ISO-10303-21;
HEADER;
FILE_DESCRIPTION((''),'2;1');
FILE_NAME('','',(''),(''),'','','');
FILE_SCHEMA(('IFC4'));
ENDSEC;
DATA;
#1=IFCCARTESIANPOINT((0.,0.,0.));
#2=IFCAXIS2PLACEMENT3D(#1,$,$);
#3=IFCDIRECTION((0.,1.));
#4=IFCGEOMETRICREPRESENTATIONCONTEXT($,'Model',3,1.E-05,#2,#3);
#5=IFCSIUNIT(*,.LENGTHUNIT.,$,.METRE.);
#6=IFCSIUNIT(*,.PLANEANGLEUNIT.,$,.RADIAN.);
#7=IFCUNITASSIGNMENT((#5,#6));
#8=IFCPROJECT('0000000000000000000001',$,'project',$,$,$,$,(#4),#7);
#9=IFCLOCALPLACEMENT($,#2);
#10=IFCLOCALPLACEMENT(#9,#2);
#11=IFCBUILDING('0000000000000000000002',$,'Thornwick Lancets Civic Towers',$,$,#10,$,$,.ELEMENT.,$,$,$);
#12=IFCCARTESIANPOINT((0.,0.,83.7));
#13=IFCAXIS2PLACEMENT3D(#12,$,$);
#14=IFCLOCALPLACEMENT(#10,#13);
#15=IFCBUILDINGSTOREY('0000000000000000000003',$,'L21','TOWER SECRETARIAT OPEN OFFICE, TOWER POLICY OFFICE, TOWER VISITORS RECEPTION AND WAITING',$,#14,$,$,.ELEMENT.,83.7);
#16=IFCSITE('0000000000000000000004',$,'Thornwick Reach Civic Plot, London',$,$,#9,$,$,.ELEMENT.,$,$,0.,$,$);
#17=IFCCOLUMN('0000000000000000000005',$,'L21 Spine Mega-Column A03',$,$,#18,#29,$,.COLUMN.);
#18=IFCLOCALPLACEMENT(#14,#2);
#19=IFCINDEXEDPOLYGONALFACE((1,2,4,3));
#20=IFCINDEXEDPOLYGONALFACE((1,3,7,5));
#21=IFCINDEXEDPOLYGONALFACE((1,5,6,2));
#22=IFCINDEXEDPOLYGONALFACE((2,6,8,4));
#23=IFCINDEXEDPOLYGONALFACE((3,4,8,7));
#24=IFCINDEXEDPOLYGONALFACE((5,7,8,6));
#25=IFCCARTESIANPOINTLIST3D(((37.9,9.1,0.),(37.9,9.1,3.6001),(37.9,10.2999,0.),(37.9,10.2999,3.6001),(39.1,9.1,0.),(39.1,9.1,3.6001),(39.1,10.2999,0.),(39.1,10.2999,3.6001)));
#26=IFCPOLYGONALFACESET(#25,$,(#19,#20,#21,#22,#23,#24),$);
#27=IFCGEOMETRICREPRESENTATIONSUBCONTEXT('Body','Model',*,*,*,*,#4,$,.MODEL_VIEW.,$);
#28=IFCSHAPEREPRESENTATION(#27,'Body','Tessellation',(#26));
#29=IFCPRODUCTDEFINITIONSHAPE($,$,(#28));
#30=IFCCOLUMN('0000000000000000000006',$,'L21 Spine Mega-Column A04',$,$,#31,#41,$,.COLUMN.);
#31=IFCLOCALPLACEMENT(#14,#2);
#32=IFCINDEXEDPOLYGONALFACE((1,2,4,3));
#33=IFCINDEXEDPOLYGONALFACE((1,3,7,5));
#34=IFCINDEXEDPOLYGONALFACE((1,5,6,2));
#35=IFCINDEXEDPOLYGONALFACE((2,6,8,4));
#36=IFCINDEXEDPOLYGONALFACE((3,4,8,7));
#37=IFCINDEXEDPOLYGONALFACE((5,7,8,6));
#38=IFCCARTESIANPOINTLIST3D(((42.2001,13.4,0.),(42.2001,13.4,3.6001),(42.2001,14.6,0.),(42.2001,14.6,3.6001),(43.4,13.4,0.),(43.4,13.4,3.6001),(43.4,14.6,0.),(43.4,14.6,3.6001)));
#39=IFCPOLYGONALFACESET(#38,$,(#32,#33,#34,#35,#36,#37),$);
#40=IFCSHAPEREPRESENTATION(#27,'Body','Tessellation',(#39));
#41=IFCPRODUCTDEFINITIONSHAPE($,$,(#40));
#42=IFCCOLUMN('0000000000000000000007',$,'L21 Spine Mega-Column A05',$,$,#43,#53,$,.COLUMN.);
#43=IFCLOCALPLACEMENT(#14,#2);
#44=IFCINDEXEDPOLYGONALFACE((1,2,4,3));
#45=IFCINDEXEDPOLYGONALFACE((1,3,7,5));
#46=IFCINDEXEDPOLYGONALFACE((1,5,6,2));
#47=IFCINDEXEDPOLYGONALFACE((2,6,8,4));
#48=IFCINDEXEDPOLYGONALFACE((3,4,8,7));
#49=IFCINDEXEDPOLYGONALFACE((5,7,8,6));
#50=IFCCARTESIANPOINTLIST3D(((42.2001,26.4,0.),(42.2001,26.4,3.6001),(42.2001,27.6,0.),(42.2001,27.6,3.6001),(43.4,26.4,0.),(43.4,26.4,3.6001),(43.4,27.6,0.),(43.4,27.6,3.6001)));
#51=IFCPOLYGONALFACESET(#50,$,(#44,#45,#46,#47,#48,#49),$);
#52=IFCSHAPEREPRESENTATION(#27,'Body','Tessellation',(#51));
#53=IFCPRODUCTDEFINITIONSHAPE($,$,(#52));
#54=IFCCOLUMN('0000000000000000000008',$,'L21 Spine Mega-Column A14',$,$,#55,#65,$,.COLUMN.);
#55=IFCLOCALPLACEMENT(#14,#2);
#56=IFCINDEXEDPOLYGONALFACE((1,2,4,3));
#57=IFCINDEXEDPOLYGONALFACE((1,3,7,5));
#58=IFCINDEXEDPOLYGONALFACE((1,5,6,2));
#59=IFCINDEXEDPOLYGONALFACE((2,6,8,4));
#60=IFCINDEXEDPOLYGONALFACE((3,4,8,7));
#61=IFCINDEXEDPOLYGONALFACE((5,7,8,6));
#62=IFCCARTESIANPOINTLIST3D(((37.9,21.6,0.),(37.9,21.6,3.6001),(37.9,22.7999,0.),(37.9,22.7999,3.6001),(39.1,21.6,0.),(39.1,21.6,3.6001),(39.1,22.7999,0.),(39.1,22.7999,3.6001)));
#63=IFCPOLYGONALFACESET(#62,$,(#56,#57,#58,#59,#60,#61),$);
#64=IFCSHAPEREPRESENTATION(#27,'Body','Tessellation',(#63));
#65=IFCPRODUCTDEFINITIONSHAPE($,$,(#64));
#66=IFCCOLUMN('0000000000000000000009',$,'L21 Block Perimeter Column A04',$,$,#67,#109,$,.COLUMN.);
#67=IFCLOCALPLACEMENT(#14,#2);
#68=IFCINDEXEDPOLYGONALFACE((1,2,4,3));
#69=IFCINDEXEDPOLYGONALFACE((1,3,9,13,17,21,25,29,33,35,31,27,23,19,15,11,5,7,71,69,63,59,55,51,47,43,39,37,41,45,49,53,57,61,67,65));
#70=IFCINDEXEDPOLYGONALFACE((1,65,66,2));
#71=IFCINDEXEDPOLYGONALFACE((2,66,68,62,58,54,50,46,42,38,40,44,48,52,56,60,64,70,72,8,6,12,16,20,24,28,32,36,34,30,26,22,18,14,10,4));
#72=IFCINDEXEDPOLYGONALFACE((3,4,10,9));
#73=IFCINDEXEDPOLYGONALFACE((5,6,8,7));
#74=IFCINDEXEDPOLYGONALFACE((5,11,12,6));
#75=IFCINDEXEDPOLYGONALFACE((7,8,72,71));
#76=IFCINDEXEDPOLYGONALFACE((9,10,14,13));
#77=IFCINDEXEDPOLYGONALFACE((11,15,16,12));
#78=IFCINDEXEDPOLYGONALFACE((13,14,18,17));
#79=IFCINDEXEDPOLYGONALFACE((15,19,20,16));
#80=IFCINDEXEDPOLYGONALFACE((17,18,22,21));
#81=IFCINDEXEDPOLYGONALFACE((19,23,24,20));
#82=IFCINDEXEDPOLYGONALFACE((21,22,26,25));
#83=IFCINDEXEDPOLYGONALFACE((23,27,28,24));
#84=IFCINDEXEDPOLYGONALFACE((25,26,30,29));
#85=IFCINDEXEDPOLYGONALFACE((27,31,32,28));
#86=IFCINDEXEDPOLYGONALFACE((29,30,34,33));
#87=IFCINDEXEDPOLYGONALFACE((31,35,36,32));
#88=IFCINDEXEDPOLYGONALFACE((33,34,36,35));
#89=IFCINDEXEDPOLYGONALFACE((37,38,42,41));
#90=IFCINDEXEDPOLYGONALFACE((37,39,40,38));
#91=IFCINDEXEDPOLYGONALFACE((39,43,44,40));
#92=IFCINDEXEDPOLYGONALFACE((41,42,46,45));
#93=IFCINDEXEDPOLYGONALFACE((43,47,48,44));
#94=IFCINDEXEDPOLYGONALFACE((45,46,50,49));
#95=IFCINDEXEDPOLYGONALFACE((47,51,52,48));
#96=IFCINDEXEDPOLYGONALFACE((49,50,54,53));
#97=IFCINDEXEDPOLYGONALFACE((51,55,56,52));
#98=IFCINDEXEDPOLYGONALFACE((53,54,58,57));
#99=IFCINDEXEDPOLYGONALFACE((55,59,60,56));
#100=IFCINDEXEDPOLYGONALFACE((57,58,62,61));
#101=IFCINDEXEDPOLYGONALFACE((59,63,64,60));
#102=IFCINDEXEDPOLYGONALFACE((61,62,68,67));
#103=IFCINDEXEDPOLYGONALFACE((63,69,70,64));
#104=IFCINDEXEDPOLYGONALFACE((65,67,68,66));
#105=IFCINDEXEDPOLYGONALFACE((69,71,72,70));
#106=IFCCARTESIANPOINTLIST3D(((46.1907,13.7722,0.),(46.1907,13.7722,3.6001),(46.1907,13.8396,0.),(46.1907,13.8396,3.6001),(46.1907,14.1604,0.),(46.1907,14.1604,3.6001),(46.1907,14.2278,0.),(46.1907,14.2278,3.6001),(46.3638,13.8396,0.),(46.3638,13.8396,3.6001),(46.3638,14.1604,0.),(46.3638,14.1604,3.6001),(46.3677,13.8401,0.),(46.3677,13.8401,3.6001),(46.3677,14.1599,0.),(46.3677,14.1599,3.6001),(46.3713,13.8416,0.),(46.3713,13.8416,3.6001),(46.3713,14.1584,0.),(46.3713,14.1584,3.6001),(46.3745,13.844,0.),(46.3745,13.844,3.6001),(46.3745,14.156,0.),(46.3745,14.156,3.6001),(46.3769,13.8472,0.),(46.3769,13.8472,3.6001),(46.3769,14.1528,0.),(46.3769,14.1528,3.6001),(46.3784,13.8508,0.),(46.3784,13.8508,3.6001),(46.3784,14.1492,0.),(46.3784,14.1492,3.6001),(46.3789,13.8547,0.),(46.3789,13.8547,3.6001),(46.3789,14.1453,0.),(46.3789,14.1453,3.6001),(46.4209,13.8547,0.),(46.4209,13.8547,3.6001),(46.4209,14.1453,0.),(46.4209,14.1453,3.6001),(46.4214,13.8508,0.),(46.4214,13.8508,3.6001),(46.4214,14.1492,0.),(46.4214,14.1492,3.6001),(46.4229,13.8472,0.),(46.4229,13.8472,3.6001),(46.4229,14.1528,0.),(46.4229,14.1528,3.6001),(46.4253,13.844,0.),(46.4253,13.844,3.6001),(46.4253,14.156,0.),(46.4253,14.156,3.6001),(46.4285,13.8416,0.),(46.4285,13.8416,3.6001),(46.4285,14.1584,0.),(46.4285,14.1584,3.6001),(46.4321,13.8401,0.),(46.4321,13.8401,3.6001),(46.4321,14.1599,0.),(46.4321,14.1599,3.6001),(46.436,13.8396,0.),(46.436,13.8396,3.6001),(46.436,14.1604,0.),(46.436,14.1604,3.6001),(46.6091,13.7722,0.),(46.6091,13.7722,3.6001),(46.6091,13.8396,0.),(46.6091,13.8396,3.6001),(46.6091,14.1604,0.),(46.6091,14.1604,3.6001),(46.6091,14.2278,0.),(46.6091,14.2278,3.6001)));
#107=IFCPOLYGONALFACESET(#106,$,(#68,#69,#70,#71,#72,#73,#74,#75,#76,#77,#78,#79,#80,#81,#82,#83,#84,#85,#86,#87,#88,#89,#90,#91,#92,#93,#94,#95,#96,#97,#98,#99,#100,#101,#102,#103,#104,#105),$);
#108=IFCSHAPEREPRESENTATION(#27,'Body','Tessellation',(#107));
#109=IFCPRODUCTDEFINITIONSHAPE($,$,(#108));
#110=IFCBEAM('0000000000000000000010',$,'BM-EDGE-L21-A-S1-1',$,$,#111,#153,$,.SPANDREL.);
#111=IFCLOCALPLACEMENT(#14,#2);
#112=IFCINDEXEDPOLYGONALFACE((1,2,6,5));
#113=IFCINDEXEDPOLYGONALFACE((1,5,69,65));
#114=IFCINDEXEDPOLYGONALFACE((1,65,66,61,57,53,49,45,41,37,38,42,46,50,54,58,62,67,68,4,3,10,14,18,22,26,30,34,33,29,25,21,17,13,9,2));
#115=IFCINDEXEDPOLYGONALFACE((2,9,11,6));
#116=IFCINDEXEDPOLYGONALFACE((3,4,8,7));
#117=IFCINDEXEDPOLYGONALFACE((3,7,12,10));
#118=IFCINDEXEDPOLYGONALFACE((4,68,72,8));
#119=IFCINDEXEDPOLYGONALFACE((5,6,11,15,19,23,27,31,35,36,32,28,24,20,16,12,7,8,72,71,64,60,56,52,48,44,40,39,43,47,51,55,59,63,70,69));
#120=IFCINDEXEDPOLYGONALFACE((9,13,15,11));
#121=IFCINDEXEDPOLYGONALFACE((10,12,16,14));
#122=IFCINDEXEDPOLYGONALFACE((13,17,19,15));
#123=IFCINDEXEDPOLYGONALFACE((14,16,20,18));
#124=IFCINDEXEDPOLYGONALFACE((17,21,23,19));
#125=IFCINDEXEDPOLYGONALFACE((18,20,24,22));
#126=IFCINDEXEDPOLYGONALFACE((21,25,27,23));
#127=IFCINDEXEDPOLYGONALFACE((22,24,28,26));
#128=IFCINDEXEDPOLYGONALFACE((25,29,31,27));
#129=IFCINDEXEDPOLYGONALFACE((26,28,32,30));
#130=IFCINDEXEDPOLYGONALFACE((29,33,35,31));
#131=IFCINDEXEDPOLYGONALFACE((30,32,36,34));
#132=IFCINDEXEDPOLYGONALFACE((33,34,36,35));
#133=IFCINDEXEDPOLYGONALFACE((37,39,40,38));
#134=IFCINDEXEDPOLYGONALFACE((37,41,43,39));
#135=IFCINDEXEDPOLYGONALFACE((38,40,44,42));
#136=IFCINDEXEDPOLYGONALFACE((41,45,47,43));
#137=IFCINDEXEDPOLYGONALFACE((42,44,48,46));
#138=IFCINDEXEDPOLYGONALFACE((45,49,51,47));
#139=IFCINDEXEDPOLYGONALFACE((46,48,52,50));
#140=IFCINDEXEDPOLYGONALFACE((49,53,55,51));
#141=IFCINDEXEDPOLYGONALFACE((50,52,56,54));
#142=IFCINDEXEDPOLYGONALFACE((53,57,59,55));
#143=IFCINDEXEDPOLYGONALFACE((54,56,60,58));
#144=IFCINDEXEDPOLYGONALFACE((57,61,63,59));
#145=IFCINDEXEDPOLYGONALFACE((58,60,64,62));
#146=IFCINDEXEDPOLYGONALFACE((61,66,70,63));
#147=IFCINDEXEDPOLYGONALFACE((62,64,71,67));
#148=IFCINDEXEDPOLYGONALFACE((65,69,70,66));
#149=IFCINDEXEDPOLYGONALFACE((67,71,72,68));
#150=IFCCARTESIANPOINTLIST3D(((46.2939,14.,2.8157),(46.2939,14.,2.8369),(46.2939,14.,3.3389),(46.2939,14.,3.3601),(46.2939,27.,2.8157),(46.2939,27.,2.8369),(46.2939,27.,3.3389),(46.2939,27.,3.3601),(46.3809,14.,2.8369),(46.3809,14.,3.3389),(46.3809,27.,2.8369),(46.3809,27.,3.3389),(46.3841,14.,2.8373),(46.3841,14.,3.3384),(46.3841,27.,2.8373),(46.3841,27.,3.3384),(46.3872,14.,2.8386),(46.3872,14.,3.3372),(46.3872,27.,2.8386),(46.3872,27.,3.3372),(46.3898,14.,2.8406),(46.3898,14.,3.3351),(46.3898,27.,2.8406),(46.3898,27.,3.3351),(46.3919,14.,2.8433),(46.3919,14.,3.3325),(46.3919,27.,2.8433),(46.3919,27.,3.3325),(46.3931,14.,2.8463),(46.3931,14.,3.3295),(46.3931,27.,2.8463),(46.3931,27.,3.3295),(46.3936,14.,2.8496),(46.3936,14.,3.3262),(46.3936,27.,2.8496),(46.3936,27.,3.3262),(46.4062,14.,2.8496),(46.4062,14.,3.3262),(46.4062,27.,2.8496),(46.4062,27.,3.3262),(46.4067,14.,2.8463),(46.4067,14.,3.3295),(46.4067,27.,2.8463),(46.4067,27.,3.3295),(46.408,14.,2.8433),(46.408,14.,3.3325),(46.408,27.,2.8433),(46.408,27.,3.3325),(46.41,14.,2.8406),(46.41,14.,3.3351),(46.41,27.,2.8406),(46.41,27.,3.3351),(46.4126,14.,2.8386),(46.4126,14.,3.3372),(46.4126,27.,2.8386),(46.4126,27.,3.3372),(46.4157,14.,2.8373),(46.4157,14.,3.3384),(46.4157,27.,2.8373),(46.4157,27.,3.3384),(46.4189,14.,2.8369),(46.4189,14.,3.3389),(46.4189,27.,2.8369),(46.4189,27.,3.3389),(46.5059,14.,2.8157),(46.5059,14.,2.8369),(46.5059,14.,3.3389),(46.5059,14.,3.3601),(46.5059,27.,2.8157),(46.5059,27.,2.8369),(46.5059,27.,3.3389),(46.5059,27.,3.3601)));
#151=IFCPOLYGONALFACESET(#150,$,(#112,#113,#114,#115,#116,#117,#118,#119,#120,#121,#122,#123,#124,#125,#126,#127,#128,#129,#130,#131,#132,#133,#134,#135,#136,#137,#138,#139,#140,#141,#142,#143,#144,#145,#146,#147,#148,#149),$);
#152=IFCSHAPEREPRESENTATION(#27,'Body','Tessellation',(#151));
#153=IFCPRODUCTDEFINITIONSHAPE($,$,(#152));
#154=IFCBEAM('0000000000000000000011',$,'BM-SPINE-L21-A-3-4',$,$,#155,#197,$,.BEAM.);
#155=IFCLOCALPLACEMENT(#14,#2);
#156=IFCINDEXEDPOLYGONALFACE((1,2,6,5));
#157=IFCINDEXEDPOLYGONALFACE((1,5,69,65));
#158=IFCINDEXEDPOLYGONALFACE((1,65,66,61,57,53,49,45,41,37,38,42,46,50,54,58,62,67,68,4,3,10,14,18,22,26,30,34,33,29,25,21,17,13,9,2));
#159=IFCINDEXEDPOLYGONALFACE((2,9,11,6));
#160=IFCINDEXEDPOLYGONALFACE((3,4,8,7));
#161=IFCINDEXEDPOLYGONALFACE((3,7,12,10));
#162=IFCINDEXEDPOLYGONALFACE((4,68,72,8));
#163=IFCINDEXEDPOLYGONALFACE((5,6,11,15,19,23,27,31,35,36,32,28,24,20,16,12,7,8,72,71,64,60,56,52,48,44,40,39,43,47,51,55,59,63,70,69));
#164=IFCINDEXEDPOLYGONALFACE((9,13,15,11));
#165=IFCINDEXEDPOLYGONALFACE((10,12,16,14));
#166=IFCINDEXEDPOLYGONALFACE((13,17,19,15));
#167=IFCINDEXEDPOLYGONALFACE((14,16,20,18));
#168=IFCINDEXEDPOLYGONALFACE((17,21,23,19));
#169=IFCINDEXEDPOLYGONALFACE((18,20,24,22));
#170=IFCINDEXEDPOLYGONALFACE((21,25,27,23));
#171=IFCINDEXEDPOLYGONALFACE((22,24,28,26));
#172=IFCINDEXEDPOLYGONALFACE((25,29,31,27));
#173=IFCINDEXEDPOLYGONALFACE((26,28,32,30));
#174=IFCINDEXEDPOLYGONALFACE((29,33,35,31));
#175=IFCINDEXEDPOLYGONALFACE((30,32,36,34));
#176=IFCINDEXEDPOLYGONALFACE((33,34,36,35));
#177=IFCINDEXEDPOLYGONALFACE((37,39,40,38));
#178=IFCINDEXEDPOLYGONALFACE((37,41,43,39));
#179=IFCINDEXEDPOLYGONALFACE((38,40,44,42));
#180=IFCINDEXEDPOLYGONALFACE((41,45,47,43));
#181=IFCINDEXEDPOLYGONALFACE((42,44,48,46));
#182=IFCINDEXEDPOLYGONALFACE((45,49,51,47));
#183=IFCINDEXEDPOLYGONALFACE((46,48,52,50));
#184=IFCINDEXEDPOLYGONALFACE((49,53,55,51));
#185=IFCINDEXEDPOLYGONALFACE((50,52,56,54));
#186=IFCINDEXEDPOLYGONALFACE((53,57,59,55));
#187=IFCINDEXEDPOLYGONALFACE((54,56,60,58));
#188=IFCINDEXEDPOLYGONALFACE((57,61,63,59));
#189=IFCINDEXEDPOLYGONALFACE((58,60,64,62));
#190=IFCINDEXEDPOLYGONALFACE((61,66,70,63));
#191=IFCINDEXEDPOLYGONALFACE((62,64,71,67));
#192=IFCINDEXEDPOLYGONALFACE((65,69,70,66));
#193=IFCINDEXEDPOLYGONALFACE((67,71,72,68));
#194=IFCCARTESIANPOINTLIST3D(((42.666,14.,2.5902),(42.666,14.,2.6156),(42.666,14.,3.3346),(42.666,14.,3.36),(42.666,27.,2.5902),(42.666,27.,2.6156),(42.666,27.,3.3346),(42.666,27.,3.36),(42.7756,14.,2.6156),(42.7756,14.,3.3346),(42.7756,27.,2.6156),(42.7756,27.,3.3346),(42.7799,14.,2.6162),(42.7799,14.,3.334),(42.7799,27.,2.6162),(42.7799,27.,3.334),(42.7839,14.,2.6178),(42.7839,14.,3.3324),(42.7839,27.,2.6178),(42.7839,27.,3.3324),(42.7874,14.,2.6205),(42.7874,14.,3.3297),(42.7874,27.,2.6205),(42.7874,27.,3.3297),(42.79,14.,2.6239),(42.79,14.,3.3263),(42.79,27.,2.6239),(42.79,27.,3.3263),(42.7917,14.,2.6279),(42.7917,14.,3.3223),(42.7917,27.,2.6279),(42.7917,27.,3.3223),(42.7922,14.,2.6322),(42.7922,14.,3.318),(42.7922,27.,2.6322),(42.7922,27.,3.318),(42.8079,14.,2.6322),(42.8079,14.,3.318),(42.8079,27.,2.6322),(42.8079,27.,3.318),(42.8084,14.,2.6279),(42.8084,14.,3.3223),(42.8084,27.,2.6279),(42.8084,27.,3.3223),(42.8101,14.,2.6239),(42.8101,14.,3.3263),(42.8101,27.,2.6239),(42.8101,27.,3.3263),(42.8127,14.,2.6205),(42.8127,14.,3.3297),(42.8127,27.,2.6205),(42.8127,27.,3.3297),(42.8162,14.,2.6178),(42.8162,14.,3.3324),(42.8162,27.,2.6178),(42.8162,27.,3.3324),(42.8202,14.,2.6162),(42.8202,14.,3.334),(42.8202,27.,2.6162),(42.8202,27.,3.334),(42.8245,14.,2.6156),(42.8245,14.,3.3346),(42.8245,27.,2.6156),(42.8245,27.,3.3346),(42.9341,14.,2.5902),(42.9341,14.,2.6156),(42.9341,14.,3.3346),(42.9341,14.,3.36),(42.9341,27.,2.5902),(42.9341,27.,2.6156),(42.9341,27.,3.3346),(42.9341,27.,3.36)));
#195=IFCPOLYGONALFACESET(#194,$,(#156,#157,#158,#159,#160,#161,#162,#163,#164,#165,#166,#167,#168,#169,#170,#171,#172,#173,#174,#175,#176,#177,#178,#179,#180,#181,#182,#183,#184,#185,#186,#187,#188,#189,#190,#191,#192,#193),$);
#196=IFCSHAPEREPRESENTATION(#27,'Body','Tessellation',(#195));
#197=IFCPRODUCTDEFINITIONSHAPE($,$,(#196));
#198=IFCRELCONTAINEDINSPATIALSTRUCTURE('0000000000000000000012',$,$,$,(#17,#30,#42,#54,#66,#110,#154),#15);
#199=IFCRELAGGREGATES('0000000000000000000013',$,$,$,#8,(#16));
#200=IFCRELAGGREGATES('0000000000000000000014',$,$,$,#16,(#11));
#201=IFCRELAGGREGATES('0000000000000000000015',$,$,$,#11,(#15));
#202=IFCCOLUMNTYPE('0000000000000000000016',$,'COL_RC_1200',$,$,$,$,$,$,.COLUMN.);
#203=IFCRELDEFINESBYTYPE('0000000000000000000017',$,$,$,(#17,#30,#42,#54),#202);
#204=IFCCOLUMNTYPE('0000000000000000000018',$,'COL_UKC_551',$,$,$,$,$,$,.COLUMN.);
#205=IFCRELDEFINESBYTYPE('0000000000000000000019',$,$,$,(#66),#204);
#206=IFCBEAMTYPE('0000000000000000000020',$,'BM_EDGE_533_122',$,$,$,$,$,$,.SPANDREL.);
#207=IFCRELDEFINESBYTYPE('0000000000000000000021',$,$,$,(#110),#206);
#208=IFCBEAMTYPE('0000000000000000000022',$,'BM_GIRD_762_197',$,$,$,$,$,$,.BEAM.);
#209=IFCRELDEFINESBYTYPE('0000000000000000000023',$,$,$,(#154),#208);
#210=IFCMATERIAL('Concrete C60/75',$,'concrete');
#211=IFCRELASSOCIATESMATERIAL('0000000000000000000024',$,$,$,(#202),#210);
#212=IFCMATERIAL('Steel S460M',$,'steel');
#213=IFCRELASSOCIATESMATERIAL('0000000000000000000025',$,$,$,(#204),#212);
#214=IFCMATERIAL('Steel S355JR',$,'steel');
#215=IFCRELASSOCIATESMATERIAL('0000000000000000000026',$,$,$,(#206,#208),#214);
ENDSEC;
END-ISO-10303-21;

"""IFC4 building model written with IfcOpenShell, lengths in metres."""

from ifc_helpers import new_model, si_unit, direction, frame, origin, origin_2d, place, context, subcontext, project, spatial, rectangle, i_section, extrude, material, material_profile, profile_set, type_object, element, save


model = new_model("IFC4")

# Units and contexts
model_context = context("Model", 3, precision=1e-05, world=origin(), true_north=direction((0.0, 1.0)))
body_context = subcontext(model_context, "Body", "Model", "MODEL_VIEW")
ifc_project = project(units=[si_unit("LENGTHUNIT", "METRE"), si_unit("PLANEANGLEUNIT", "RADIAN")], contexts=[model_context])

# Site, building, storey
site_placement = place(None, origin())
site = spatial("IfcSite", under=ifc_project, at=site_placement, Name="Thornwick Reach Civic Plot, London", CompositionType="ELEMENT", RefElevation=0.0)
building_placement = place(site_placement, origin())
building = spatial("IfcBuilding", under=site, at=building_placement, Name="Thornwick Lancets Civic Towers", CompositionType="ELEMENT")
storey_placement = place(building_placement, frame((0.0, 0.0, 83.7)))
storey = spatial("IfcBuildingStorey", under=building, at=storey_placement, Name="L21", Description="TOWER SECRETARIAT OPEN OFFICE, TOWER POLICY OFFICE, TOWER VISITORS RECEPTION AND WAITING", CompositionType="ELEMENT", Elevation=83.7)

# Columns
ifc_material_1 = material(Name="Concrete C60/75", Category="concrete")
ifc_material_profile_1 = material_profile(ifc_material_1, rectangle(XDim=1.2, YDim=1.2, at=origin_2d()), Name="RC 1200x1200")
ifc_profile_set_1 = profile_set([ifc_material_profile_1], Name="Concrete C60/75")
column_type_1 = type_object("IfcColumnType", Name="COL_RC_1200", PredefinedType="COLUMN", material=ifc_profile_set_1)
for number, where, z_axis, x_axis, name in (
    (1, (38.5, 9.7, 0.0), (0.0, 0.0, 1.0), (1.0, 0.0, 0.0), "L21 Spine Mega-Column A03"),
    (2, (42.8, 14.0, 0.0), (0.0, 0.0, 1.0), (1.0, 0.0, 0.0), "L21 Spine Mega-Column A04"),
    (3, (42.8, 27.0, 0.0), (0.0, 0.0, 1.0), (1.0, 0.0, 0.0), "L21 Spine Mega-Column A05"),
    (4, (38.5, 22.2, 0.0), (0.0, 0.0, 1.0), (1.0, 0.0, 0.0), "L21 Spine Mega-Column A14"),
):
    element("IfcColumn", number, at=place(storey_placement, frame(where, z_axis=z_axis, x_axis=x_axis)), inside=storey, type_object=column_type_1, Name=name, PredefinedType="COLUMN", context=body_context, shape_type="SweptSolid", body=[
        extrude(rectangle(XDim=1.2, YDim=1.2, at=origin_2d()), origin(), (0.0, 0.0, 1.0), 3.6001),
    ])
ifc_material_2 = material(Name="Steel S460M", Category="steel")
ifc_material_profile_2 = material_profile(ifc_material_2, i_section(OverallWidth=0.4185, OverallDepth=0.4556, WebThickness=0.042, FlangeThickness=0.0674, FilletRadius=0.0151, at=origin_2d()), Name="UKC 356x406x551")
ifc_profile_set_2 = profile_set([ifc_material_profile_2], Name="Steel S460M")
column_type_2 = type_object("IfcColumnType", Name="COL_UKC_551", PredefinedType="COLUMN", material=ifc_profile_set_2)
column_placement = place(storey_placement, frame((46.3999, 14.0, 0.0), z_axis=(0.0, 0.0, 1.0), x_axis=(1.0, 0.0, 0.0)))
element("IfcColumn", 5, at=column_placement, inside=storey, type_object=column_type_2, Name="L21 Block Perimeter Column A04", PredefinedType="COLUMN", context=body_context, shape_type="SweptSolid", body=[
    extrude(i_section(OverallWidth=0.4185, OverallDepth=0.4556, WebThickness=0.042, FlangeThickness=0.0674, FilletRadius=0.0151, at=origin_2d()), origin(), (0.0, 0.0, 1.0), 3.6001),
])

# Beams
ifc_material_3 = material(Name="Steel S355JR", Category="steel")
ifc_material_profile_3 = material_profile(ifc_material_3, i_section(OverallWidth=0.2119, OverallDepth=0.5444, WebThickness=0.0127, FlangeThickness=0.0212, FilletRadius=0.0127, at=origin_2d()), Name="UKB 533x210x122")
ifc_profile_set_3 = profile_set([ifc_material_profile_3], Name="Steel S355JR")
beam_type_1 = type_object("IfcBeamType", Name="BM_EDGE_533_122", PredefinedType="SPANDREL", material=ifc_profile_set_3)
beam_1_placement = place(storey_placement, frame((46.3999, 14.0, 3.0879), z_axis=(0.0, 1.0, 0.0), x_axis=(-1.0, 0.0, 0.0)))
element("IfcBeam", 6, at=beam_1_placement, inside=storey, type_object=beam_type_1, Name="BM-EDGE-L21-A-S1-1", PredefinedType="SPANDREL", context=body_context, shape_type="SweptSolid", body=[
    extrude(i_section(OverallWidth=0.2119, OverallDepth=0.5444, WebThickness=0.0127, FlangeThickness=0.0212, FilletRadius=0.0127, at=origin_2d()), origin(), (0.0, 0.0, 1.0), 13.0),
])
ifc_material_profile_4 = material_profile(ifc_material_3, i_section(OverallWidth=0.2681, OverallDepth=0.7698, WebThickness=0.0156, FlangeThickness=0.0254, FilletRadius=0.0166, at=origin_2d()), Name="UKB 762x267x197")
ifc_profile_set_4 = profile_set([ifc_material_profile_4], Name="Steel S355JR")
beam_type_2 = type_object("IfcBeamType", Name="BM_GIRD_762_197", PredefinedType="BEAM", material=ifc_profile_set_4)
beam_2_placement = place(storey_placement, frame((42.8, 14.0, 2.9751), z_axis=(0.0, 1.0, 0.0), x_axis=(-1.0, 0.0, 0.0)))
element("IfcBeam", 7, at=beam_2_placement, inside=storey, type_object=beam_type_2, Name="BM-SPINE-L21-A-3-4", PredefinedType="BEAM", context=body_context, shape_type="SweptSolid", body=[
    extrude(i_section(OverallWidth=0.2681, OverallDepth=0.7698, WebThickness=0.0156, FlangeThickness=0.0254, FilletRadius=0.0166, at=origin_2d()), origin(), (0.0, 0.0, 1.0), 13.0),
])

save(model, "model.ifc")
